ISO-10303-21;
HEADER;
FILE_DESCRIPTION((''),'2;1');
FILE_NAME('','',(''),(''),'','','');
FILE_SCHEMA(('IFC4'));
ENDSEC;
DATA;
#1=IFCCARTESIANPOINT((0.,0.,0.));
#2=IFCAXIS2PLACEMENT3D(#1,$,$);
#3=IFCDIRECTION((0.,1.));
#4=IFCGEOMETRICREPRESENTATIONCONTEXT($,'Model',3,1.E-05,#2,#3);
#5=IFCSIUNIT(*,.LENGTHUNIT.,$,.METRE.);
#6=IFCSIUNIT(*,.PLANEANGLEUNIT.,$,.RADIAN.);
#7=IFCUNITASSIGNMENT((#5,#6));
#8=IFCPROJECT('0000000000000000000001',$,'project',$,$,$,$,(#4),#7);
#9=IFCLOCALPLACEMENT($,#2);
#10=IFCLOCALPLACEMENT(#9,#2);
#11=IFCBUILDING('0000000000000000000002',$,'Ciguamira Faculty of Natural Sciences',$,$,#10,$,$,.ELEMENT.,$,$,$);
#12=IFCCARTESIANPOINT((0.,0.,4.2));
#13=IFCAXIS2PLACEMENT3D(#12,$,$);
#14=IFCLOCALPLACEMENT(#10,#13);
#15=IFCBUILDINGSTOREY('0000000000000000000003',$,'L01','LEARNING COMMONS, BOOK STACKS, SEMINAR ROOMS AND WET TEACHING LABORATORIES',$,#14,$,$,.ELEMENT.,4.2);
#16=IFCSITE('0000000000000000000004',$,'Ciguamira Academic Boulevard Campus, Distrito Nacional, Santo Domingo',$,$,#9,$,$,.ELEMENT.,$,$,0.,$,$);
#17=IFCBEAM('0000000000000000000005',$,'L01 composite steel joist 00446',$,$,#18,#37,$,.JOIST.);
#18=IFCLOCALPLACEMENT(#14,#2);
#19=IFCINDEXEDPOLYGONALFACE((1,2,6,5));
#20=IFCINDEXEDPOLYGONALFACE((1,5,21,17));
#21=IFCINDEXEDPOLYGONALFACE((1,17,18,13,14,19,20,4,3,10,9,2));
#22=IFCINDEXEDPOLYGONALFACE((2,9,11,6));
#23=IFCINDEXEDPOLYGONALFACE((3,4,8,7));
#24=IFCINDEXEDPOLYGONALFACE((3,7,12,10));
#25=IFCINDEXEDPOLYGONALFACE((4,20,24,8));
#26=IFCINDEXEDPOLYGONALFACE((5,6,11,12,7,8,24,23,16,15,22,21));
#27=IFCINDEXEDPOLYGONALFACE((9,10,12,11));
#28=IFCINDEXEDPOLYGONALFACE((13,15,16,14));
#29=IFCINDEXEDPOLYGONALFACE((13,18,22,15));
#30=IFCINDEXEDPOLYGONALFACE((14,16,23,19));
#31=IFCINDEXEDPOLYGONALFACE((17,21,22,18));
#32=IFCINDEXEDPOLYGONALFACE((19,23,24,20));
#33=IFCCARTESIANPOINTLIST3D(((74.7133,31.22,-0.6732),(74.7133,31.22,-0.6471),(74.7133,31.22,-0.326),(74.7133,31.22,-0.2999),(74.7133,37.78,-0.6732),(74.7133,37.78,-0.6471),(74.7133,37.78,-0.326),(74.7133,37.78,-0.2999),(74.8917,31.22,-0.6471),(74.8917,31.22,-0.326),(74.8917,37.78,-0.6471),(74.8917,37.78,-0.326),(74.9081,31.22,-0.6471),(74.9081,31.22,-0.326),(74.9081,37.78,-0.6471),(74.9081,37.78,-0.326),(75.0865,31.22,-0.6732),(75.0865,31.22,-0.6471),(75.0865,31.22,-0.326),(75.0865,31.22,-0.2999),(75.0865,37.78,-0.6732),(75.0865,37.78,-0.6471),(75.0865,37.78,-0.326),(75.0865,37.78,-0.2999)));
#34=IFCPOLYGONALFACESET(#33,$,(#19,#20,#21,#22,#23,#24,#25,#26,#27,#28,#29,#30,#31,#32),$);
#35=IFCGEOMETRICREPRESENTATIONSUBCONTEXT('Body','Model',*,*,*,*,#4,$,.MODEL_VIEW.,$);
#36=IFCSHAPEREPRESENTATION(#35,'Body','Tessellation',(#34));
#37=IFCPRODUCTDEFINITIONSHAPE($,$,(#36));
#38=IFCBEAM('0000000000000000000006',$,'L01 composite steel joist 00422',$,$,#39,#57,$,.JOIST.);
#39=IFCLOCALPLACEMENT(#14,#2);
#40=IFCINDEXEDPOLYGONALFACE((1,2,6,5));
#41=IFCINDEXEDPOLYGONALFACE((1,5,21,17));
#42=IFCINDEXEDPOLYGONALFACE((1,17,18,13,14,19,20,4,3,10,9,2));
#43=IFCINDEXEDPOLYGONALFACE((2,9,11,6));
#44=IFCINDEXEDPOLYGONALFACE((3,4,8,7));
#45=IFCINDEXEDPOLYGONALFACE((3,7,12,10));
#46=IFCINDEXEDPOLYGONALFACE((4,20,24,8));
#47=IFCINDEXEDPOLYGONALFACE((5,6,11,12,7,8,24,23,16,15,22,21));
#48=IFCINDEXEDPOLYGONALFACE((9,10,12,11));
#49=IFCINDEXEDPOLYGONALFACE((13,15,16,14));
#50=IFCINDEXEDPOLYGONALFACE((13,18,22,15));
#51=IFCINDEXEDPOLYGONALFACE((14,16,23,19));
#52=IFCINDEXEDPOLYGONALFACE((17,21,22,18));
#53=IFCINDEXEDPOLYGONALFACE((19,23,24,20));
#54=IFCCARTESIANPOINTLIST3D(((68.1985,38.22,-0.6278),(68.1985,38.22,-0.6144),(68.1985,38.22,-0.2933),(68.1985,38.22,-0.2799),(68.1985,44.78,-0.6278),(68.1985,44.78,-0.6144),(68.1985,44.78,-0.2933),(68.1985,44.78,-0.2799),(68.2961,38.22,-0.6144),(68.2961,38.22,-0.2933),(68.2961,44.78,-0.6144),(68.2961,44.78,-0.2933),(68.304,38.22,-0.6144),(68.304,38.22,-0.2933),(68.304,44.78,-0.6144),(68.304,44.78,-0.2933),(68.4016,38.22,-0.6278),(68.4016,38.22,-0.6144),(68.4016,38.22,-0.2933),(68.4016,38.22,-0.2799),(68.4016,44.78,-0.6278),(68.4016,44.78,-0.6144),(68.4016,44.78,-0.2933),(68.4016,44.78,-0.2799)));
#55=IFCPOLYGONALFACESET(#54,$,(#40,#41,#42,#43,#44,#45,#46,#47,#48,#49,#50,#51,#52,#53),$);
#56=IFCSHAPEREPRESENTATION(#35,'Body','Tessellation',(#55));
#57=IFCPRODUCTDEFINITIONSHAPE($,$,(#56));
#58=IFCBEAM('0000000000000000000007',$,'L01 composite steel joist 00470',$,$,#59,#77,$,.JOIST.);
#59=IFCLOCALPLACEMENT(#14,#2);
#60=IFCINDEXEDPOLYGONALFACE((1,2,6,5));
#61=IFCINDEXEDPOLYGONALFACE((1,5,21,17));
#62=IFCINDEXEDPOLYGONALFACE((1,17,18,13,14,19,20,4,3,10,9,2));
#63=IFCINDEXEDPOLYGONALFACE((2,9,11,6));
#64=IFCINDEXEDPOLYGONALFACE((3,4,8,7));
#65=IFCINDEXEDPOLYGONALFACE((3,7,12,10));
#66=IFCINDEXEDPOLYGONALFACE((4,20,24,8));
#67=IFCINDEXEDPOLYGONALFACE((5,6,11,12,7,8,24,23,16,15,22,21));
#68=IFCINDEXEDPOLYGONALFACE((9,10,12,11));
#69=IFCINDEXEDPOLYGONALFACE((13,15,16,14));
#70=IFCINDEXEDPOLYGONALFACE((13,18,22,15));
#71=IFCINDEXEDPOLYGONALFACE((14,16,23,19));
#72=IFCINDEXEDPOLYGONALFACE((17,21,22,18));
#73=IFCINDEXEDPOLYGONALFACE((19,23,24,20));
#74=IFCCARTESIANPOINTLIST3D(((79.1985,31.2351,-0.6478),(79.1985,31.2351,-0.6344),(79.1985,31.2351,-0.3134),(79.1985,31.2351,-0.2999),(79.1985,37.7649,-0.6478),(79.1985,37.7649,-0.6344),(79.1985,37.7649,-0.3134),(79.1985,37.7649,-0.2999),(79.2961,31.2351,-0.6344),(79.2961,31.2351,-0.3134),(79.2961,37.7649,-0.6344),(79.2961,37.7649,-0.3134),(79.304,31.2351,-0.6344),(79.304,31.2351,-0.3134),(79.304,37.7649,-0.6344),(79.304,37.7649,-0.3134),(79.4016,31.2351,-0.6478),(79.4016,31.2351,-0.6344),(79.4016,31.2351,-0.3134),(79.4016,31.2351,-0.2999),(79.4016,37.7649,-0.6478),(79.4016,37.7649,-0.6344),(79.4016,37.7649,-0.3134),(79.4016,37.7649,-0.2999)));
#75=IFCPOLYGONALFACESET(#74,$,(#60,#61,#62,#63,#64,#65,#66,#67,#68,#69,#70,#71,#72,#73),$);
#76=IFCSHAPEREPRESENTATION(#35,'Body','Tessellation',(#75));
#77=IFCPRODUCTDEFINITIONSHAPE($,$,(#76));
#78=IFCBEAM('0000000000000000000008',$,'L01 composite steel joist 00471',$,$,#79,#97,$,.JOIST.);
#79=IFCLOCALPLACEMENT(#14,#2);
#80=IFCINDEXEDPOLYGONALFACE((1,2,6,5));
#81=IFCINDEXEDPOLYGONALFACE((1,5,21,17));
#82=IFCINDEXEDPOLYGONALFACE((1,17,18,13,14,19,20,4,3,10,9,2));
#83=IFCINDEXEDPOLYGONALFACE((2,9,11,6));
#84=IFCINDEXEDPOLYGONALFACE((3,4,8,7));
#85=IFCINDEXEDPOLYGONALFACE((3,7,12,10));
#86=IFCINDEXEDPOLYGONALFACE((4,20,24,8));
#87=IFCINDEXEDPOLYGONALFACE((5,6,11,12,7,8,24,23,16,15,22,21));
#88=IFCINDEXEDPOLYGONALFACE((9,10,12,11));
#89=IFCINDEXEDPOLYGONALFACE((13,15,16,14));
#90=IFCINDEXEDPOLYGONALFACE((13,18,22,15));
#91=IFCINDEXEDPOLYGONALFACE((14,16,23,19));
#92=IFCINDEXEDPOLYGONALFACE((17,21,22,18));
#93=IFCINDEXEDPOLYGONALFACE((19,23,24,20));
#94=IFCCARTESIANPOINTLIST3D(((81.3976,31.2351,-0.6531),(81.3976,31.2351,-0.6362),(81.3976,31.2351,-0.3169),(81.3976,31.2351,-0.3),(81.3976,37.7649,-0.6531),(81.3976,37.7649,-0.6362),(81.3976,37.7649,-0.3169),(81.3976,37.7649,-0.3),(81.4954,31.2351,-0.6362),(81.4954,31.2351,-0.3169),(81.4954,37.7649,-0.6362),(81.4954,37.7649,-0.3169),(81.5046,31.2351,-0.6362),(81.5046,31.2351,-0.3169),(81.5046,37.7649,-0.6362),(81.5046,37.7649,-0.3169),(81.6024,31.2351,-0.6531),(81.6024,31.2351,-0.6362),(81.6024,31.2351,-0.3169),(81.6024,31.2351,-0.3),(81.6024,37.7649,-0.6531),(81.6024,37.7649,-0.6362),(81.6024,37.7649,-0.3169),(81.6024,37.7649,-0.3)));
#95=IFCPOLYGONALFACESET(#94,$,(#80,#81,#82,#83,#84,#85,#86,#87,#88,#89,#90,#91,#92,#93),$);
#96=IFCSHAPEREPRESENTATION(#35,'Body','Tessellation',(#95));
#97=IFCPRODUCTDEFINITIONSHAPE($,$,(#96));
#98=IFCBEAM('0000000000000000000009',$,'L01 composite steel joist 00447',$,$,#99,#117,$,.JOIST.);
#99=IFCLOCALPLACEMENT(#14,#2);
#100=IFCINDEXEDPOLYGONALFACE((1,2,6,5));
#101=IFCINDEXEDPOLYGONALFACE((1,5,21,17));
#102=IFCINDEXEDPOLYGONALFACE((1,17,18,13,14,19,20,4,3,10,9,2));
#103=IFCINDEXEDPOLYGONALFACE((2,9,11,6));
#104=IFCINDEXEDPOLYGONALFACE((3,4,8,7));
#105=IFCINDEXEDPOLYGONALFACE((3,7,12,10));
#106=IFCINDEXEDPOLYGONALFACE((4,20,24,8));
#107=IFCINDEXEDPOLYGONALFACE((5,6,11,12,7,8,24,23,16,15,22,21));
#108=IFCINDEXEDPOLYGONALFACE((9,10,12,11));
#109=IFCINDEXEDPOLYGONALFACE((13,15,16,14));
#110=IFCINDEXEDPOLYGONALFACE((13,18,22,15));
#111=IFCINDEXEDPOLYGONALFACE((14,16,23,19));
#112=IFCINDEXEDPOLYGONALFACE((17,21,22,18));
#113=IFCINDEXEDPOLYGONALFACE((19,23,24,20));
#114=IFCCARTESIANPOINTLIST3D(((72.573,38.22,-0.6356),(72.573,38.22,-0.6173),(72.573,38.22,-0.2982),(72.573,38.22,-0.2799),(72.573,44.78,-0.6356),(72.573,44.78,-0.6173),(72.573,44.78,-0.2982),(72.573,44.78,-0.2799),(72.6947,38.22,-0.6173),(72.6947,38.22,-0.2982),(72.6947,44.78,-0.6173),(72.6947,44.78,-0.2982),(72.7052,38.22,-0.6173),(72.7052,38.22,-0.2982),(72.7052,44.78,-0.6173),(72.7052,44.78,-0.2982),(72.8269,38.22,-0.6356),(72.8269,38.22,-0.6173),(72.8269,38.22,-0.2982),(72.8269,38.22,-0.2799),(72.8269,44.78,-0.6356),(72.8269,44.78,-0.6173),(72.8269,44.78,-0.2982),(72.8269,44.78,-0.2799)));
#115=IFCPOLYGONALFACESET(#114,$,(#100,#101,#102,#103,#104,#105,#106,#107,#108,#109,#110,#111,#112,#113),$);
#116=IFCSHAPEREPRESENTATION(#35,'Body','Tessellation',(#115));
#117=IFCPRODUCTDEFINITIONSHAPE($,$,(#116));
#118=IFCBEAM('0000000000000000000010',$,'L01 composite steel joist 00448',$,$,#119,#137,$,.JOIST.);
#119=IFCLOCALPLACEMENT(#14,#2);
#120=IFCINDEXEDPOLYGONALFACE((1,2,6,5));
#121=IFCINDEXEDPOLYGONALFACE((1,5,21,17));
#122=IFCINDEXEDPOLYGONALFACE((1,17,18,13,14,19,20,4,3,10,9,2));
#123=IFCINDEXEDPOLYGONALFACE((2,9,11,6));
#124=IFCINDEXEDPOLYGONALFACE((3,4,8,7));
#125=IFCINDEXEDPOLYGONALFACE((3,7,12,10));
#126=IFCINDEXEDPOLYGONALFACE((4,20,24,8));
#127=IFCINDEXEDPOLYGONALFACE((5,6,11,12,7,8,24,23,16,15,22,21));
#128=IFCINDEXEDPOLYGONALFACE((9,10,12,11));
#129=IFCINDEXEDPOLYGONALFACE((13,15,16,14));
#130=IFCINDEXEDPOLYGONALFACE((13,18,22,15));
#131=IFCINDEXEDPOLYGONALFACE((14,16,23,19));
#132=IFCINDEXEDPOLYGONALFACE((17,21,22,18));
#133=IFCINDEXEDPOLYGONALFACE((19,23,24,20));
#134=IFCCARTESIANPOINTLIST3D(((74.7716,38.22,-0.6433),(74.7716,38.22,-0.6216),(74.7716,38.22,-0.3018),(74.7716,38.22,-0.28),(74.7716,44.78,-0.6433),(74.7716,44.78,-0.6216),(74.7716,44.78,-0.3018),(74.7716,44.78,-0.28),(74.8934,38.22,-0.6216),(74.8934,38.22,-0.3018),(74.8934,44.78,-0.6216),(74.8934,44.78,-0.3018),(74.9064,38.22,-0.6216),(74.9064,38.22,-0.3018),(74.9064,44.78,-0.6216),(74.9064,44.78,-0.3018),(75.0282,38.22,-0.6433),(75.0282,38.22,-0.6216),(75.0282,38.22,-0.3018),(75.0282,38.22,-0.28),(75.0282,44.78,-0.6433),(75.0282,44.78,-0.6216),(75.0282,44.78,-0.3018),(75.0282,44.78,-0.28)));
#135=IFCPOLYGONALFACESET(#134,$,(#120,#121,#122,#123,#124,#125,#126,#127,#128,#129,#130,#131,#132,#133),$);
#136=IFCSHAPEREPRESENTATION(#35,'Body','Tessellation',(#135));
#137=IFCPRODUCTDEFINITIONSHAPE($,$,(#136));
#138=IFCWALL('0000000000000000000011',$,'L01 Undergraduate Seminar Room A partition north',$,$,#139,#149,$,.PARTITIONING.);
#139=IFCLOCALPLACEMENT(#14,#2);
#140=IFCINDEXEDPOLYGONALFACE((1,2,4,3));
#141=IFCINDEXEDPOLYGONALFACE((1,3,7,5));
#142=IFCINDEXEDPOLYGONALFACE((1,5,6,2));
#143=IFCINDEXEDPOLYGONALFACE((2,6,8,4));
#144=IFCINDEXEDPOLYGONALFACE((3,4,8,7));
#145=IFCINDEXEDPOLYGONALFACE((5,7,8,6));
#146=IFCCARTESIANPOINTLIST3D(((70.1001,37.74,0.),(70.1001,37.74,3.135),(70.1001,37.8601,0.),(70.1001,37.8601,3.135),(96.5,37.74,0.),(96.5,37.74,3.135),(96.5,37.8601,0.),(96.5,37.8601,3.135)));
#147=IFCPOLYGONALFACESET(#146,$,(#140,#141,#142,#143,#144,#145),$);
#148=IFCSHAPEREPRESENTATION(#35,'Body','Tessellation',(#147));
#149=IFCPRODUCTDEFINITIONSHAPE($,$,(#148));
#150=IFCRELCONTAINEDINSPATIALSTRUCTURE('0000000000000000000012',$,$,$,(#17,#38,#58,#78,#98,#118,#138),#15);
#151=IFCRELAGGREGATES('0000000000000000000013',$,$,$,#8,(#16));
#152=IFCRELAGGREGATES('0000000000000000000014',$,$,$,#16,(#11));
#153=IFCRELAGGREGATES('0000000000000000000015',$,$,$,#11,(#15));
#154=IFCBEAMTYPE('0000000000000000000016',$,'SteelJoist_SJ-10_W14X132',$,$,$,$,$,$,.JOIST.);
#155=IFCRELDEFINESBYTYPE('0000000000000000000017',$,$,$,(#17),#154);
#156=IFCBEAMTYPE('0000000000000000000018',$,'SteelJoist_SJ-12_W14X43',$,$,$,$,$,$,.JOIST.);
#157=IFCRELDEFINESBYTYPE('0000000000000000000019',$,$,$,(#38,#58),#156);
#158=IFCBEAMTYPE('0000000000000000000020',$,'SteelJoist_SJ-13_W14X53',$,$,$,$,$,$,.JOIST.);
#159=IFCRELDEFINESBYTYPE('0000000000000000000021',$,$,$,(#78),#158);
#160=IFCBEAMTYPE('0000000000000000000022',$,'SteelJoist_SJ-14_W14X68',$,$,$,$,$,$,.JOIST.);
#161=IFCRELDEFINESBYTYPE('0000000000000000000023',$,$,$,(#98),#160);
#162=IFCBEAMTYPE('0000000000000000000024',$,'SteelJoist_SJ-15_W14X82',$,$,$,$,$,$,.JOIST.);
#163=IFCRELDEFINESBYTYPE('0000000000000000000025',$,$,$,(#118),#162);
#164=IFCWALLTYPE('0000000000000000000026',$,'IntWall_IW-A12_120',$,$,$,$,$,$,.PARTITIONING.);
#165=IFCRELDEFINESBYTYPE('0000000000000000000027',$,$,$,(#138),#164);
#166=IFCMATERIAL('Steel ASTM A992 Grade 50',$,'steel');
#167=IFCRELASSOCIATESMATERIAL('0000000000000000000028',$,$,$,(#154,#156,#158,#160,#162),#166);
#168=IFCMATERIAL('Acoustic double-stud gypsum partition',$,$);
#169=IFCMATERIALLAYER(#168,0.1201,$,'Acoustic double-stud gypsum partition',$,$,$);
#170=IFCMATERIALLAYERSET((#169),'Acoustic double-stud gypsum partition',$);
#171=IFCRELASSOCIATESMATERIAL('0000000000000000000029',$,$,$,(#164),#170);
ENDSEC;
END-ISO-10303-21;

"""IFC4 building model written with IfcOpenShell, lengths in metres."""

from ifc_helpers import new_model, si_unit, direction, frame, frame_2d, origin, origin_2d, place, context, subcontext, project, spatial, rectangle, i_section, extrude, material, layer, layer_set, material_profile, profile_set, type_object, element, save


model = new_model("IFC4")

# Units and contexts
model_context = context("Model", 3, precision=1e-05, world=origin(), true_north=direction((0.0, 1.0)))
body_context = subcontext(model_context, "Body", "Model", "MODEL_VIEW")
ifc_project = project(units=[si_unit("LENGTHUNIT", "METRE"), si_unit("PLANEANGLEUNIT", "RADIAN")], contexts=[model_context])

# Site, building, storey
site_placement = place(None, origin())
site = spatial("IfcSite", under=ifc_project, at=site_placement, Name="Ciguamira Academic Boulevard Campus, Distrito Nacional, Santo Domingo", CompositionType="ELEMENT", RefElevation=0.0)
building_placement = place(site_placement, origin())
building = spatial("IfcBuilding", under=site, at=building_placement, Name="Ciguamira Faculty of Natural Sciences", CompositionType="ELEMENT")
storey_placement = place(building_placement, frame((0.0, 0.0, 4.2)))
storey = spatial("IfcBuildingStorey", under=building, at=storey_placement, Name="L01", Description="LEARNING COMMONS, BOOK STACKS, SEMINAR ROOMS AND WET TEACHING LABORATORIES", CompositionType="ELEMENT", Elevation=4.2)

# Beams
ifc_material_1 = material(Name="Steel ASTM A992 Grade 50", Category="steel")
ifc_material_profile_1 = material_profile(ifc_material_1, i_section(OverallWidth=0.3733, OverallDepth=0.3733, WebThickness=0.0164, FlangeThickness=0.0261, at=origin_2d()), Name="W14X132")
ifc_profile_set_1 = profile_set([ifc_material_profile_1], Name="Steel ASTM A992 Grade 50")
beam_type_1 = type_object("IfcBeamType", Name="SteelJoist_SJ-10_W14X132", PredefinedType="JOIST", material=ifc_profile_set_1)
beam_1_placement = place(storey_placement, frame((74.8999, 31.22, -0.4866), z_axis=(0.0, 1.0, 0.0), x_axis=(-1.0, 0.0, 0.0)))
element("IfcBeam", 1, at=beam_1_placement, inside=storey, type_object=beam_type_1, Name="L01 composite steel joist 00446", PredefinedType="JOIST", context=body_context, shape_type="SweptSolid", body=[
    extrude(i_section(OverallWidth=0.3733, OverallDepth=0.3733, WebThickness=0.0164, FlangeThickness=0.0261, at=origin_2d()), origin(), (0.0, 0.0, 1.0), 6.5601),
])
ifc_material_profile_2 = material_profile(ifc_material_1, i_section(OverallWidth=0.2031, OverallDepth=0.3479, WebThickness=0.0078, FlangeThickness=0.0134, at=origin_2d()), Name="W14X43")
ifc_profile_set_2 = profile_set([ifc_material_profile_2], Name="Steel ASTM A992 Grade 50")
beam_type_2 = type_object("IfcBeamType", Name="SteelJoist_SJ-12_W14X43", PredefinedType="JOIST", material=ifc_profile_set_2)
beam_2_placement = place(storey_placement, frame((68.3, 38.22, -0.4539), z_axis=(0.0, 1.0, 0.0), x_axis=(-1.0, 0.0, 0.0)))
element("IfcBeam", 2, at=beam_2_placement, inside=storey, type_object=beam_type_2, Name="L01 composite steel joist 00422", PredefinedType="JOIST", context=body_context, shape_type="SweptSolid", body=[
    extrude(i_section(OverallWidth=0.2031, OverallDepth=0.3479, WebThickness=0.0078, FlangeThickness=0.0134, at=origin_2d()), origin(), (0.0, 0.0, 1.0), 6.5601),
])
beam_3_placement = place(storey_placement, frame((79.3, 31.2351, -0.4739), z_axis=(0.0, 1.0, 0.0), x_axis=(-1.0, 0.0, 0.0)))
element("IfcBeam", 3, at=beam_3_placement, inside=storey, type_object=beam_type_2, Name="L01 composite steel joist 00470", PredefinedType="JOIST", context=body_context, shape_type="SweptSolid", body=[
    extrude(i_section(OverallWidth=0.2031, OverallDepth=0.3479, WebThickness=0.0078, FlangeThickness=0.0134, at=origin_2d()), origin(), (0.0, 0.0, 1.0), 6.5298),
])
ifc_material_profile_3 = material_profile(ifc_material_1, i_section(OverallWidth=0.2048, OverallDepth=0.353, WebThickness=0.0093, FlangeThickness=0.0168, at=origin_2d()), Name="W14X53")
ifc_profile_set_3 = profile_set([ifc_material_profile_3], Name="Steel ASTM A992 Grade 50")
beam_type_3 = type_object("IfcBeamType", Name="SteelJoist_SJ-13_W14X53", PredefinedType="JOIST", material=ifc_profile_set_3)
beam_4_placement = place(storey_placement, frame((81.5, 31.2351, -0.4766), z_axis=(0.0, 1.0, 0.0), x_axis=(-1.0, 0.0, 0.0)))
element("IfcBeam", 4, at=beam_4_placement, inside=storey, type_object=beam_type_3, Name="L01 composite steel joist 00471", PredefinedType="JOIST", context=body_context, shape_type="SweptSolid", body=[
    extrude(i_section(OverallWidth=0.2048, OverallDepth=0.353, WebThickness=0.0093, FlangeThickness=0.0168, at=origin_2d()), origin(), (0.0, 0.0, 1.0), 6.5298),
])
ifc_material_profile_4 = material_profile(ifc_material_1, i_section(OverallWidth=0.2539, OverallDepth=0.3557, WebThickness=0.0105, FlangeThickness=0.0183, at=origin_2d()), Name="W14X68")
ifc_profile_set_4 = profile_set([ifc_material_profile_4], Name="Steel ASTM A992 Grade 50")
beam_type_4 = type_object("IfcBeamType", Name="SteelJoist_SJ-14_W14X68", PredefinedType="JOIST", material=ifc_profile_set_4)
beam_5_placement = place(storey_placement, frame((72.7, 38.22, -0.4578), z_axis=(0.0, 1.0, 0.0), x_axis=(-1.0, 0.0, 0.0)))
element("IfcBeam", 5, at=beam_5_placement, inside=storey, type_object=beam_type_4, Name="L01 composite steel joist 00447", PredefinedType="JOIST", context=body_context, shape_type="SweptSolid", body=[
    extrude(i_section(OverallWidth=0.2539, OverallDepth=0.3557, WebThickness=0.0105, FlangeThickness=0.0183, at=origin_2d()), origin(), (0.0, 0.0, 1.0), 6.5601),
])
ifc_material_profile_5 = material_profile(ifc_material_1, i_section(OverallWidth=0.2566, OverallDepth=0.3633, WebThickness=0.0129, FlangeThickness=0.0217, at=origin_2d()), Name="W14X82")
ifc_profile_set_5 = profile_set([ifc_material_profile_5], Name="Steel ASTM A992 Grade 50")
beam_type_5 = type_object("IfcBeamType", Name="SteelJoist_SJ-15_W14X82", PredefinedType="JOIST", material=ifc_profile_set_5)
beam_6_placement = place(storey_placement, frame((74.8999, 38.22, -0.4617), z_axis=(0.0, 1.0, 0.0), x_axis=(-1.0, 0.0, 0.0)))
element("IfcBeam", 6, at=beam_6_placement, inside=storey, type_object=beam_type_5, Name="L01 composite steel joist 00448", PredefinedType="JOIST", context=body_context, shape_type="SweptSolid", body=[
    extrude(i_section(OverallWidth=0.2566, OverallDepth=0.3633, WebThickness=0.0129, FlangeThickness=0.0217, at=origin_2d()), origin(), (0.0, 0.0, 1.0), 6.5601),
])

# Wall
ifc_material_2 = material(Name="Acoustic double-stud gypsum partition")
ifc_layer = layer(ifc_material_2, 0.1201, Name="Acoustic double-stud gypsum partition")
ifc_layer_set = layer_set([ifc_layer], Name="Acoustic double-stud gypsum partition")
wall_type = type_object("IfcWallType", Name="IntWall_IW-A12_120", PredefinedType="PARTITIONING", material=ifc_layer_set)
wall_placement = place(storey_placement, frame((70.1001, 37.8, 0.0), z_axis=(0.0, 0.0, 1.0), x_axis=(1.0, 0.0, 0.0)))
element("IfcWall", 7, at=wall_placement, inside=storey, type_object=wall_type, Name="L01 Undergraduate Seminar Room A partition north", PredefinedType="PARTITIONING", context=body_context, shape_type="SweptSolid", body=[
    extrude(rectangle(XDim=26.3999, YDim=0.1201, at=frame_2d((13.2, 0.0))), origin(), (0.0, 0.0, 1.0), 3.135),
])

save(model, "model.ifc")
